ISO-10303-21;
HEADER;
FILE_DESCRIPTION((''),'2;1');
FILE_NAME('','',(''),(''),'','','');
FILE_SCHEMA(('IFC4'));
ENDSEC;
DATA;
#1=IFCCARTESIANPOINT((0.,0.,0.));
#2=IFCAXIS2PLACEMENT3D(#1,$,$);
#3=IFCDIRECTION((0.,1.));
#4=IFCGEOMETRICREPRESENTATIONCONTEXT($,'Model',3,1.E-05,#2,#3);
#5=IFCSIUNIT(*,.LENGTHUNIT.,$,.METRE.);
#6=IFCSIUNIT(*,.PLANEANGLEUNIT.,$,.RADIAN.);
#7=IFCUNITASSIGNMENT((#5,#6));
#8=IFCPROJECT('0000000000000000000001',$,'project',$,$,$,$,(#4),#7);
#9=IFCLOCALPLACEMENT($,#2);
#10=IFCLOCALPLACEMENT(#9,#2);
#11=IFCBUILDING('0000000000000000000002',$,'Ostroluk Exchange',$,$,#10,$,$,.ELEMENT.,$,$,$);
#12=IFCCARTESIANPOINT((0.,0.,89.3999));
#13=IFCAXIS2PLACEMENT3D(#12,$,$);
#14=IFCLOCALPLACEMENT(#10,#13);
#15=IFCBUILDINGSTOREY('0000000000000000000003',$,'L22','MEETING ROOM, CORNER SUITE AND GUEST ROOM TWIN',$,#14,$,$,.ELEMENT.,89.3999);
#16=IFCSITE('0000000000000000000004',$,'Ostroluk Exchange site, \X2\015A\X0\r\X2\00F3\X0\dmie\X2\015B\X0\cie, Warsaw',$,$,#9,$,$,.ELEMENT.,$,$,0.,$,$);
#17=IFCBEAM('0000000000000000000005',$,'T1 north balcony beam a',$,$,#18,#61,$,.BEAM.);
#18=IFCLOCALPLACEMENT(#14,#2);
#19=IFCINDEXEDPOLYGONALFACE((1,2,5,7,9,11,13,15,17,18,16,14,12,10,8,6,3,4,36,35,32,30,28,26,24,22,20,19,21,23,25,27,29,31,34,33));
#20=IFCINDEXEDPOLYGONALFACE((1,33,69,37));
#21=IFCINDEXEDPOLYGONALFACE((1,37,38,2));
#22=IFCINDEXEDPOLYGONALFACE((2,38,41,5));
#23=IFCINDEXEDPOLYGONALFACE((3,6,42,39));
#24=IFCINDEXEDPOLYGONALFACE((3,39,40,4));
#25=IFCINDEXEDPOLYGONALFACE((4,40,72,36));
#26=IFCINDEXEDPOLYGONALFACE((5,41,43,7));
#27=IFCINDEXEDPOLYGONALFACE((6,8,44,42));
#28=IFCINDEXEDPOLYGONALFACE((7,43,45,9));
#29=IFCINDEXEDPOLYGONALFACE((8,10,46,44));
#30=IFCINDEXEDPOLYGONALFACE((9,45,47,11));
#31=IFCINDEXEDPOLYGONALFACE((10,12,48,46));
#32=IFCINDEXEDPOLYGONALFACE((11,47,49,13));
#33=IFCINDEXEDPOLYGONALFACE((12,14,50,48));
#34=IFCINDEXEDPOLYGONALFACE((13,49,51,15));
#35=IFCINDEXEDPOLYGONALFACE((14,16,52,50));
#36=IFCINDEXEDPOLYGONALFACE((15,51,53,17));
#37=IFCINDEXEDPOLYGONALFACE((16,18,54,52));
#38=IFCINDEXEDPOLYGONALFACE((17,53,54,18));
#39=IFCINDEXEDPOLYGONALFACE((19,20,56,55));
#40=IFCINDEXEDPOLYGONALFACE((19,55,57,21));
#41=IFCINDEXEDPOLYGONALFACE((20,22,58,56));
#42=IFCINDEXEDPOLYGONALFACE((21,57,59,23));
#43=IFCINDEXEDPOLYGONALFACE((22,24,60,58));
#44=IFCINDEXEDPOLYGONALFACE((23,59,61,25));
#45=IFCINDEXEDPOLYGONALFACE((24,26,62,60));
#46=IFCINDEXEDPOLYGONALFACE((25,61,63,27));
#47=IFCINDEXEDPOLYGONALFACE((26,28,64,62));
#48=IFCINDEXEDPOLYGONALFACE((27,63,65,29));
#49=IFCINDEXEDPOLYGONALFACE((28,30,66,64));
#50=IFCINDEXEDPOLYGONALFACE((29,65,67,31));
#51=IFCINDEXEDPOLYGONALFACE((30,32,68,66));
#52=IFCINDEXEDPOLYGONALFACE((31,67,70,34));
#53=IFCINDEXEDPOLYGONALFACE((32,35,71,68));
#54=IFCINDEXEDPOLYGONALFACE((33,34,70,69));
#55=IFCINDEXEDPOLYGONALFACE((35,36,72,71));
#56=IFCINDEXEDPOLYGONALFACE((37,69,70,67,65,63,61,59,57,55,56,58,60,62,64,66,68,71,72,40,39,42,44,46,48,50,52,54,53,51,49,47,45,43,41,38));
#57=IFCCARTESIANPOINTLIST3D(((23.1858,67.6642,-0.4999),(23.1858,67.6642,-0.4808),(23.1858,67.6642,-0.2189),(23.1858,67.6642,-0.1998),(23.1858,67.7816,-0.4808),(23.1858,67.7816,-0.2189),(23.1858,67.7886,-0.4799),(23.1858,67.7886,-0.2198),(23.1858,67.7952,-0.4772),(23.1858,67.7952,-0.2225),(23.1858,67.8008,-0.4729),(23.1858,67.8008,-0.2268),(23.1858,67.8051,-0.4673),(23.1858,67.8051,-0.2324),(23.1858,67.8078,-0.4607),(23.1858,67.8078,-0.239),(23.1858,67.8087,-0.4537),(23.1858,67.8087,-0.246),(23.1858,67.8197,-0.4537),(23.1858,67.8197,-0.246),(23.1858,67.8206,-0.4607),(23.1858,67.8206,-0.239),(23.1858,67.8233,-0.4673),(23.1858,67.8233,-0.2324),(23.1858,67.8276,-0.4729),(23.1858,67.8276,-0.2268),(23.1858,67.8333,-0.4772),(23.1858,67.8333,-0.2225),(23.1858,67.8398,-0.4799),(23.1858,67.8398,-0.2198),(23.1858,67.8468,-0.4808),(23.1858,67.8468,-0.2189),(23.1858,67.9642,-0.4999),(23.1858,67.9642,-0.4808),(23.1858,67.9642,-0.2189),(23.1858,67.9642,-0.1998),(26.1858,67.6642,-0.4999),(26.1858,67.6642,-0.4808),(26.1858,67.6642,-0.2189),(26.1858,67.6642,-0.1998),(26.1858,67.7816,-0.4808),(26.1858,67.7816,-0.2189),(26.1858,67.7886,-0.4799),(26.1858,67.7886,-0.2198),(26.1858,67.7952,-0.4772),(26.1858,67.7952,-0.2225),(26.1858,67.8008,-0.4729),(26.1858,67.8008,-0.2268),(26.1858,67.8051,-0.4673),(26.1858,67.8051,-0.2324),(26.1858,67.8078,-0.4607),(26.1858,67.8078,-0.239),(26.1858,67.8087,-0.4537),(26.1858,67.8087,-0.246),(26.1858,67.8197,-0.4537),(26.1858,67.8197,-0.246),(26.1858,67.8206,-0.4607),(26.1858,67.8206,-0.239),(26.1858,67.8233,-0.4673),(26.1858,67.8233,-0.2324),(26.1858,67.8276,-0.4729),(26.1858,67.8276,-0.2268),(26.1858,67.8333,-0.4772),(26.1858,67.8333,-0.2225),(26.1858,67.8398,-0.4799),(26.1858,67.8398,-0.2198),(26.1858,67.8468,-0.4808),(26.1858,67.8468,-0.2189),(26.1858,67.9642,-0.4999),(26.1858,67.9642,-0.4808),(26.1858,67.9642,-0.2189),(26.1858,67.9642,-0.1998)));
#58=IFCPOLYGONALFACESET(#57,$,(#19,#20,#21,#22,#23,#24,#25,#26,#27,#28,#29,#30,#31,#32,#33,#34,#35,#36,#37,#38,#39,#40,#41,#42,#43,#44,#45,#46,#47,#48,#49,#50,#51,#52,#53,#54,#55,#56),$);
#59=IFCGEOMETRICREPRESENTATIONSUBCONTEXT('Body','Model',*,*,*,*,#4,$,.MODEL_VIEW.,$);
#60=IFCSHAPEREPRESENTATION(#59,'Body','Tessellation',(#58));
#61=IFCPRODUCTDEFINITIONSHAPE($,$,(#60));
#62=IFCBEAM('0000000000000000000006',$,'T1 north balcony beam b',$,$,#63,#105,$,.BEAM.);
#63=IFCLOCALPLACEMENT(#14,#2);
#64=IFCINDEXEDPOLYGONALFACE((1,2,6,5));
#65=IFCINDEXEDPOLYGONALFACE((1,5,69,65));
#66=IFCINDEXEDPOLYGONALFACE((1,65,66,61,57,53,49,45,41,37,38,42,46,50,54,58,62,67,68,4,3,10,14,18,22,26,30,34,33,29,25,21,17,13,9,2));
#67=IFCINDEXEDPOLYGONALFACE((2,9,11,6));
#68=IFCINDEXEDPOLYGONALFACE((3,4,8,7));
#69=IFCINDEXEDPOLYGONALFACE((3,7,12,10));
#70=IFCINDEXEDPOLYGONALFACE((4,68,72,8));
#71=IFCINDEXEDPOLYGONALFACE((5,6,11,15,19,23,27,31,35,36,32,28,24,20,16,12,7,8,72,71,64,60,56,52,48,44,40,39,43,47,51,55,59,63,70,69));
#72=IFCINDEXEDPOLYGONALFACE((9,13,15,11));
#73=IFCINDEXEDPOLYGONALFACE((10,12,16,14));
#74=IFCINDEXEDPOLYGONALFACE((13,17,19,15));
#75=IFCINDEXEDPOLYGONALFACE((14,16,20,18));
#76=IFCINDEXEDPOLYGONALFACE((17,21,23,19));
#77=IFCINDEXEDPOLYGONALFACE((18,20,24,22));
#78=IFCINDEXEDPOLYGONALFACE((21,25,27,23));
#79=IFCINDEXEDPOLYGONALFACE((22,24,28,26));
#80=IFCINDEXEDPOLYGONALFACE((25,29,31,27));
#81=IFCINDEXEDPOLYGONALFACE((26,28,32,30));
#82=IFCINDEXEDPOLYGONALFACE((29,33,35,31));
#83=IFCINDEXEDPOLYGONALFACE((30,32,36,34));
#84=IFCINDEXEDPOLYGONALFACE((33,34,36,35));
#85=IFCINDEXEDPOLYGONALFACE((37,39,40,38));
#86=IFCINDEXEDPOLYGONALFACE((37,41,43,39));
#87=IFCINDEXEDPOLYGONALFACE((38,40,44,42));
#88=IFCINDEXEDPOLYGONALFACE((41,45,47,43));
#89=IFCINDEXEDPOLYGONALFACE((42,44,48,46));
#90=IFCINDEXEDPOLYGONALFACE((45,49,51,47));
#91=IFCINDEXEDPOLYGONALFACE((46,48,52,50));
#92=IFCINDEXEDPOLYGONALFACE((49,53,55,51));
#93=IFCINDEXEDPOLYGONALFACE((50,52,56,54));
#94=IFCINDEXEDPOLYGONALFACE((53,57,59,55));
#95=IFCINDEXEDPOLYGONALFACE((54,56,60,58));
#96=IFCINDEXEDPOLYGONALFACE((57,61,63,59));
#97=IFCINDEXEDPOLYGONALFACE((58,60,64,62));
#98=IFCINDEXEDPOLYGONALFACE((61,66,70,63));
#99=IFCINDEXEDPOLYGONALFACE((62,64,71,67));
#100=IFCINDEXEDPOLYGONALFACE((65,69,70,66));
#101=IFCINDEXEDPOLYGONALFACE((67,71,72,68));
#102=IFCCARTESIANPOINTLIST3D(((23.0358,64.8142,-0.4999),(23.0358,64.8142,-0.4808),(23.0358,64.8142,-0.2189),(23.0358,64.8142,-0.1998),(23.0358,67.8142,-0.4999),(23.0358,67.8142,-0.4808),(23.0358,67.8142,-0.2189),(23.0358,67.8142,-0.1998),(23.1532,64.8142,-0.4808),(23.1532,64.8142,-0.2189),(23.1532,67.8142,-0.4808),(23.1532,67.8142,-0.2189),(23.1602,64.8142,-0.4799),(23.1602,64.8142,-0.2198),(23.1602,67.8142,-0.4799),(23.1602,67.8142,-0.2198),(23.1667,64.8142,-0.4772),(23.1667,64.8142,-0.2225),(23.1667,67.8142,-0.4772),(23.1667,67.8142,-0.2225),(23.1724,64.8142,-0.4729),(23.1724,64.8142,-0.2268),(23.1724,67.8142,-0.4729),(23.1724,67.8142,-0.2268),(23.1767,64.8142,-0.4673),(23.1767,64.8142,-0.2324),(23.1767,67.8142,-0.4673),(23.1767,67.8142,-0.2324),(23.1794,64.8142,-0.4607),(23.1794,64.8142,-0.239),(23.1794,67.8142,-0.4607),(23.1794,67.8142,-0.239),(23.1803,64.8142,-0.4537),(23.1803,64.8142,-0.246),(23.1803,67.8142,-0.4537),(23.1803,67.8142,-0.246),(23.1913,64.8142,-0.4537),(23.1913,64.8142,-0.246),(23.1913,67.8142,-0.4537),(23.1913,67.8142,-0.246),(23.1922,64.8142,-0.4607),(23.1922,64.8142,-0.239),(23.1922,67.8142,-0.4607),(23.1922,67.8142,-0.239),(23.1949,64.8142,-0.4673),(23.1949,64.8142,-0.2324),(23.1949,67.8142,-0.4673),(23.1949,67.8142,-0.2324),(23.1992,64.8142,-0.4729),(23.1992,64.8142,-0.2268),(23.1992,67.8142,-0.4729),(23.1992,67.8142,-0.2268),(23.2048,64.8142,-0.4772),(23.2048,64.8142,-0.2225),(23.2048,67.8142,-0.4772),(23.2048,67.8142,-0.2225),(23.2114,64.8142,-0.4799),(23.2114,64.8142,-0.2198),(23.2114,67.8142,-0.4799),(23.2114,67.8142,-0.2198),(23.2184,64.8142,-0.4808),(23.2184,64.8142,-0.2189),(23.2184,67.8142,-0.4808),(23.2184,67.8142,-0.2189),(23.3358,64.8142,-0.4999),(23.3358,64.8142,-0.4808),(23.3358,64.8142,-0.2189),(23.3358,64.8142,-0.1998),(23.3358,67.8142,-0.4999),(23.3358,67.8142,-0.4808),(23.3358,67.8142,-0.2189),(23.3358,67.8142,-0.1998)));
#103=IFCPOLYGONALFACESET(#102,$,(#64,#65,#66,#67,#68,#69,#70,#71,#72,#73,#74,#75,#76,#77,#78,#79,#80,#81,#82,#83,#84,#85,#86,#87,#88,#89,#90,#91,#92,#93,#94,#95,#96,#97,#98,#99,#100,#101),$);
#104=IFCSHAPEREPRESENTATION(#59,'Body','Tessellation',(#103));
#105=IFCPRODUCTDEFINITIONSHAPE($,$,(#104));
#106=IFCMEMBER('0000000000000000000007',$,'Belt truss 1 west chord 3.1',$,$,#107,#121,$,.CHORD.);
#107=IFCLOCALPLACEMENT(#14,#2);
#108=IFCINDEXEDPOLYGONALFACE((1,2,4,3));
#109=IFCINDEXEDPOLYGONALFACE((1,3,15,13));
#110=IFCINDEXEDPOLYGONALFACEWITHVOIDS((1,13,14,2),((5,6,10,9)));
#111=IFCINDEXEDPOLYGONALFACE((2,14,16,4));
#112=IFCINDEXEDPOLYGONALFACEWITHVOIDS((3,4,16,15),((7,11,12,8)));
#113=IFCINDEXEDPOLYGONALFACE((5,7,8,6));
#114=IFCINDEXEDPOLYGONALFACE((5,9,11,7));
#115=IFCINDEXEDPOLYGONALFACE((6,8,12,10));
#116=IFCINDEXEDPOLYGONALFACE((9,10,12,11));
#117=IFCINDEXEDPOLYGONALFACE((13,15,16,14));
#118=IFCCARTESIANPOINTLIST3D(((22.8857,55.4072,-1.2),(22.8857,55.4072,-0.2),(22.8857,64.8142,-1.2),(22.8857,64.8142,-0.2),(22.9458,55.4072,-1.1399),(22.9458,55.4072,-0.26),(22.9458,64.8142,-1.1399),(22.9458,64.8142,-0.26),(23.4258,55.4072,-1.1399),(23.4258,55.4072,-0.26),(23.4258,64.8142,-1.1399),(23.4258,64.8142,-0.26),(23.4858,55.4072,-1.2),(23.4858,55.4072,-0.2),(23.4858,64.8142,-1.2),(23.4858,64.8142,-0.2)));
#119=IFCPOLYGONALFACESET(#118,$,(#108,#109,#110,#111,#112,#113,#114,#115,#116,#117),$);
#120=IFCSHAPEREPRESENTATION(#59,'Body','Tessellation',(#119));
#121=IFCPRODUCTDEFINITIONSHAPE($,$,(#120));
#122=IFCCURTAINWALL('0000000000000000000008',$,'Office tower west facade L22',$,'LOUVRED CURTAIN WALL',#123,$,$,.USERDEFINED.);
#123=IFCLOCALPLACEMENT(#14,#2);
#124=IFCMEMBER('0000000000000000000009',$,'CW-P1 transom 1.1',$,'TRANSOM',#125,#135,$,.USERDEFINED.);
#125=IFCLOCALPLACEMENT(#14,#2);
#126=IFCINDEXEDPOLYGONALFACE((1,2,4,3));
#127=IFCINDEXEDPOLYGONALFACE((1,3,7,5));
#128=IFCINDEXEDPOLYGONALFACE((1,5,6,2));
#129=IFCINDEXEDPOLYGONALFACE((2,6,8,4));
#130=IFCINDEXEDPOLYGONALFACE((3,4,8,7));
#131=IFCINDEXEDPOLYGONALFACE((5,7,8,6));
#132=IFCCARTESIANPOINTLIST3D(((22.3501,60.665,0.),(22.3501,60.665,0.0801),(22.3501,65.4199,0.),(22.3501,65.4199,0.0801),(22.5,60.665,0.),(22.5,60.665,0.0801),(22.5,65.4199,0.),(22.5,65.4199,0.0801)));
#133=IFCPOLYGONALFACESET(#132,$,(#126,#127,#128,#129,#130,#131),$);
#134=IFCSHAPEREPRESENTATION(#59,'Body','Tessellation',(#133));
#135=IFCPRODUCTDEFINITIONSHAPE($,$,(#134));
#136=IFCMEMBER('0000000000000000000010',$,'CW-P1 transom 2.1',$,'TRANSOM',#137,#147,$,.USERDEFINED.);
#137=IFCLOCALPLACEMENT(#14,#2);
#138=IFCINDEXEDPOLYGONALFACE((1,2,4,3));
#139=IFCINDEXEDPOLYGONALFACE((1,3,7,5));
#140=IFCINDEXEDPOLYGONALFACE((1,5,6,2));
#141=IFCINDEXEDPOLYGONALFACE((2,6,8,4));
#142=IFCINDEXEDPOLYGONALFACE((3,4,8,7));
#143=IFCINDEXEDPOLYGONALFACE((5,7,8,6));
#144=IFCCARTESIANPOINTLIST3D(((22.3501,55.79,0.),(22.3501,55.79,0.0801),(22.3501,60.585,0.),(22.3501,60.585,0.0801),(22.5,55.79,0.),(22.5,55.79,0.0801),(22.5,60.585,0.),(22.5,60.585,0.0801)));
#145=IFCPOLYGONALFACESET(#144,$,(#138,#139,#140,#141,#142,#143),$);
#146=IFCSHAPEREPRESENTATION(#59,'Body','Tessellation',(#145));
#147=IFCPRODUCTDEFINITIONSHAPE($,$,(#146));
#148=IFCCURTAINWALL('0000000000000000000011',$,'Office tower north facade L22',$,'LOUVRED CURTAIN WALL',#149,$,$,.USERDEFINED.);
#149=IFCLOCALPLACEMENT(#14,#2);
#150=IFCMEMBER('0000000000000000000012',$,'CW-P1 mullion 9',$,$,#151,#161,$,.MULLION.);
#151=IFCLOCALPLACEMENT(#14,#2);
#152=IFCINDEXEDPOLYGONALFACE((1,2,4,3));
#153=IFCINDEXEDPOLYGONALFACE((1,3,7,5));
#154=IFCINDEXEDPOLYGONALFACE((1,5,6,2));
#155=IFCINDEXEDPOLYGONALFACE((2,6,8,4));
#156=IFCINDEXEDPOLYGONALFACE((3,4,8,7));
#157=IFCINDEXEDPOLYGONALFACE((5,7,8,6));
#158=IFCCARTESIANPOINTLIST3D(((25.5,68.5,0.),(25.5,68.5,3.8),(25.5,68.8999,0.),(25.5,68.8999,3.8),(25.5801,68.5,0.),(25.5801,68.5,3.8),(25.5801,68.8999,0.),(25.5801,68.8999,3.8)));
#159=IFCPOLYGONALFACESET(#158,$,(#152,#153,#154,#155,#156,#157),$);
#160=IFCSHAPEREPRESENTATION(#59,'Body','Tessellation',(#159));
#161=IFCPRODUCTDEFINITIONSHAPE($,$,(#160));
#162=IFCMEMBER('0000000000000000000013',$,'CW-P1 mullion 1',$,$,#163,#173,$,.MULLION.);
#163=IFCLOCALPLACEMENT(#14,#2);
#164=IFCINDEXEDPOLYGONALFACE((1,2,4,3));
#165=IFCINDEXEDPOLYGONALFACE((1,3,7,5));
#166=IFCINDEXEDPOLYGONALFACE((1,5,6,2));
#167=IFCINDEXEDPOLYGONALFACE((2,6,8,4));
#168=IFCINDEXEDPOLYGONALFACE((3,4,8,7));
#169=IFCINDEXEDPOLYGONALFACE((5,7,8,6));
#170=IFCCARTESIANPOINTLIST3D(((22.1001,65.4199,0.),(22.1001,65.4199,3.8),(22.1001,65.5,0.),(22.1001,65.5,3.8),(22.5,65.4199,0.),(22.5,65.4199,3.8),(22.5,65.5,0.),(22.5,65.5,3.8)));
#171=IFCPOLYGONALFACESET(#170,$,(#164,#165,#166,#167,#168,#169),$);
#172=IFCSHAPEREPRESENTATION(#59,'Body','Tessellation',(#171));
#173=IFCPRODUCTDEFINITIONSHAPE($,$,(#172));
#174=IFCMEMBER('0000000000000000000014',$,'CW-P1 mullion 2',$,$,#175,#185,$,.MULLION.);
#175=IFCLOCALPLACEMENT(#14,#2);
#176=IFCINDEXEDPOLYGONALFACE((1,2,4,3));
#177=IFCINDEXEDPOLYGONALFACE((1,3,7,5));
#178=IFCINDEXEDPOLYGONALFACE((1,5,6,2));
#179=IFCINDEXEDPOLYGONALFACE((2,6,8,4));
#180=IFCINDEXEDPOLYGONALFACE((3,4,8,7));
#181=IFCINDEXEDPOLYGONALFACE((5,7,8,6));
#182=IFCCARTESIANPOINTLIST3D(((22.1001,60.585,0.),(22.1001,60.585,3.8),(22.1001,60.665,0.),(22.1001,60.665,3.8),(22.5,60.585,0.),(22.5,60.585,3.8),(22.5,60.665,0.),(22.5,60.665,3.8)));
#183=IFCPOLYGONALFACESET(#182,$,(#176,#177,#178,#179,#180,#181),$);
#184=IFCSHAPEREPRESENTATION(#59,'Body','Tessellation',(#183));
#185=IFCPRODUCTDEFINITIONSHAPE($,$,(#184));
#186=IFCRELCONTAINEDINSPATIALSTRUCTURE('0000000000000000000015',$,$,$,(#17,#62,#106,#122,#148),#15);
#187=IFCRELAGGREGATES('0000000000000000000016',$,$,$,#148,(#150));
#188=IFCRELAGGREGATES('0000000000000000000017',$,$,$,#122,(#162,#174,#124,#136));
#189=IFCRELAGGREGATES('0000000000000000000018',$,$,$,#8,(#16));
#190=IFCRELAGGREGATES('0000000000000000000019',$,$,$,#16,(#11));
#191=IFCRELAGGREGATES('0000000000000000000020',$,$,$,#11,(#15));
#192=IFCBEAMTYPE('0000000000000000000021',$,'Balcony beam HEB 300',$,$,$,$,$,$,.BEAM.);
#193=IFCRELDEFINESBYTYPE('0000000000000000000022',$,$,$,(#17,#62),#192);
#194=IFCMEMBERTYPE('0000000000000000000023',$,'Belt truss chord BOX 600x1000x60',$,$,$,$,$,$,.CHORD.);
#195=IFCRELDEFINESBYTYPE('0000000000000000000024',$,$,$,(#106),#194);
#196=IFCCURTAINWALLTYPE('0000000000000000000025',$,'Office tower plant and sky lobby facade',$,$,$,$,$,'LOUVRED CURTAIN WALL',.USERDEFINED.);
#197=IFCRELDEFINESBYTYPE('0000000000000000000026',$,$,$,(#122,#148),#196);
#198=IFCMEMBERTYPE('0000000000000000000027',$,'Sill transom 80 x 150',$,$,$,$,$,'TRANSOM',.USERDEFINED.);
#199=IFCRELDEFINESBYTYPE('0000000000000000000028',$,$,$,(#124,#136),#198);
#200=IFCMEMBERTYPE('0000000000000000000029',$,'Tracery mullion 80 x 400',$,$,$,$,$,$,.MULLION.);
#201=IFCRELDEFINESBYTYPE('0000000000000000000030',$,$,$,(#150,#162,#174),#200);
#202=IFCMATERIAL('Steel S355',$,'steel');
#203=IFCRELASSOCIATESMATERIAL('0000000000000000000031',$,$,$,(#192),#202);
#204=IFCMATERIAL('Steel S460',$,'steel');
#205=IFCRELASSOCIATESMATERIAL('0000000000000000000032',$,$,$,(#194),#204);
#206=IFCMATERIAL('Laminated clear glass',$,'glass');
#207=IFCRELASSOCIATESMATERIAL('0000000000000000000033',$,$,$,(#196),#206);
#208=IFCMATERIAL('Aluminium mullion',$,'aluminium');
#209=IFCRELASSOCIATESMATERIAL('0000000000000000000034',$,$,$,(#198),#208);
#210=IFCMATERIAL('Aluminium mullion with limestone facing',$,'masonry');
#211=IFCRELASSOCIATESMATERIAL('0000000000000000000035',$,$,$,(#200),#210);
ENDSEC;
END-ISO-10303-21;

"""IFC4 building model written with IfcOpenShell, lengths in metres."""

from ifc_helpers import new_model, si_unit, direction, frame, origin, origin_2d, place, context, subcontext, project, spatial, rectangle, hollow_rectangle, i_section, extrude, material, material_profile, profile_set, type_object, element, aggregate, save


model = new_model("IFC4")

# Units and contexts
model_context = context("Model", 3, precision=1e-05, world=origin(), true_north=direction((0.0, 1.0)))
body_context = subcontext(model_context, "Body", "Model", "MODEL_VIEW")
ifc_project = project(units=[si_unit("LENGTHUNIT", "METRE"), si_unit("PLANEANGLEUNIT", "RADIAN")], contexts=[model_context])

# Site, building, storey
site_placement = place(None, origin())
site = spatial("IfcSite", under=ifc_project, at=site_placement, Name="Ostroluk Exchange site, Śródmieście, Warsaw", CompositionType="ELEMENT", RefElevation=0.0)
building_placement = place(site_placement, origin())
building = spatial("IfcBuilding", under=site, at=building_placement, Name="Ostroluk Exchange", CompositionType="ELEMENT")
storey_placement = place(building_placement, frame((0.0, 0.0, 89.3999)))
storey = spatial("IfcBuildingStorey", under=building, at=storey_placement, Name="L22", Description="MEETING ROOM, CORNER SUITE AND GUEST ROOM TWIN", CompositionType="ELEMENT", Elevation=89.3999)

# Beams
ifc_material_1 = material(Name="Steel S355", Category="steel")
ifc_material_profile_1 = material_profile(ifc_material_1, i_section(OverallWidth=0.3, OverallDepth=0.3, WebThickness=0.011, FlangeThickness=0.019, FilletRadius=0.0271, at=origin_2d()), Name="HEB 300")
ifc_profile_set_1 = profile_set([ifc_material_profile_1], Name="Steel S355")
beam_type = type_object("IfcBeamType", Name="Balcony beam HEB 300", PredefinedType="BEAM", material=ifc_profile_set_1)
for number, where, z_axis, x_axis, name in (
    (1, (26.1858, 67.8142, -0.3499), (-1.0, 0.0, 0.0), (0.0, -1.0, 0.0), "T1 north balcony beam a"),
    (2, (23.1858, 64.8142, -0.3499), (0.0, 1.0, 0.0), (-1.0, 0.0, 0.0), "T1 north balcony beam b"),
):
    element("IfcBeam", number, at=place(storey_placement, frame(where, z_axis=z_axis, x_axis=x_axis)), inside=storey, type_object=beam_type, Name=name, PredefinedType="BEAM", context=body_context, shape_type="SweptSolid", body=[
        extrude(i_section(OverallWidth=0.3, OverallDepth=0.3, WebThickness=0.011, FlangeThickness=0.019, FilletRadius=0.0271, at=origin_2d()), origin(), (0.0, 0.0, 1.0), 3.0),
    ])

# Member
ifc_material_2 = material(Name="Steel S460", Category="steel")
ifc_material_profile_2 = material_profile(ifc_material_2, hollow_rectangle(XDim=0.6001, YDim=1.0, WallThickness=0.0601, at=origin_2d()), Name="BOX 600x1000x60")
ifc_profile_set_2 = profile_set([ifc_material_profile_2], Name="Steel S460")
member_type_1 = type_object("IfcMemberType", Name="Belt truss chord BOX 600x1000x60", PredefinedType="CHORD", material=ifc_profile_set_2)
member_1_placement = place(storey_placement, frame((23.1858, 64.8142, -0.7), z_axis=(0.0, -1.0, 0.0), x_axis=(1.0, 0.0, 0.0)))
element("IfcMember", 3, at=member_1_placement, inside=storey, type_object=member_type_1, Name="Belt truss 1 west chord 3.1", PredefinedType="CHORD", context=body_context, shape_type="SweptSolid", body=[
    extrude(hollow_rectangle(XDim=0.6001, YDim=1.0, WallThickness=0.0601, at=origin_2d()), origin(), (0.0, 0.0, 1.0), 9.407),
])

# Curtain wall, members
ifc_material_3 = material(Name="Laminated clear glass", Category="glass")
curtain_wall_type = type_object("IfcCurtainWallType", Name="Office tower plant and sky lobby facade", ElementType="LOUVRED CURTAIN WALL", PredefinedType="USERDEFINED", material=ifc_material_3)
curtain_wall_1_placement = place(storey_placement, origin())
curtain_wall_1 = element("IfcCurtainWall", 4, at=curtain_wall_1_placement, inside=storey, type_object=curtain_wall_type, Name="Office tower west facade L22", ObjectType="LOUVRED CURTAIN WALL", PredefinedType="USERDEFINED")
ifc_material_4 = material(Name="Aluminium mullion", Category="aluminium")
ifc_material_profile_3 = material_profile(ifc_material_4, rectangle(XDim=0.1499, YDim=0.0801, at=origin_2d()), Name="Sill transom 80 x 150")
ifc_profile_set_3 = profile_set([ifc_material_profile_3], Name="Aluminium mullion")
member_type_2 = type_object("IfcMemberType", Name="Sill transom 80 x 150", ElementType="TRANSOM", PredefinedType="USERDEFINED", material=ifc_profile_set_3)
member_2_placement = place(storey_placement, frame((22.425, 65.4199, 0.04), z_axis=(0.0, -1.0, 0.0), x_axis=(1.0, 0.0, 0.0)))
member_2 = element("IfcMember", 5, at=member_2_placement, type_object=member_type_2, Name="CW-P1 transom 1.1", ObjectType="TRANSOM", PredefinedType="USERDEFINED", context=body_context, shape_type="SweptSolid", body=[
    extrude(rectangle(XDim=0.1499, YDim=0.0801, at=origin_2d()), origin(), (0.0, 0.0, 1.0), 4.7549),
])
member_3_placement = place(storey_placement, frame((22.425, 60.585, 0.04), z_axis=(0.0, -1.0, 0.0), x_axis=(1.0, 0.0, 0.0)))
member_3 = element("IfcMember", 6, at=member_3_placement, type_object=member_type_2, Name="CW-P1 transom 2.1", ObjectType="TRANSOM", PredefinedType="USERDEFINED", context=body_context, shape_type="SweptSolid", body=[
    extrude(rectangle(XDim=0.1499, YDim=0.0801, at=origin_2d()), origin(), (0.0, 0.0, 1.0), 4.7949),
])

# Curtain wall, member
curtain_wall_2_placement = place(storey_placement, origin())
curtain_wall_2 = element("IfcCurtainWall", 7, at=curtain_wall_2_placement, inside=storey, type_object=curtain_wall_type, Name="Office tower north facade L22", ObjectType="LOUVRED CURTAIN WALL", PredefinedType="USERDEFINED")
ifc_material_5 = material(Name="Aluminium mullion with limestone facing", Category="masonry")
ifc_material_profile_4 = material_profile(ifc_material_5, rectangle(XDim=0.3999, YDim=0.0801, at=origin_2d()), Name="Tracery mullion 80 x 400")
ifc_profile_set_4 = profile_set([ifc_material_profile_4], Name="Aluminium mullion with limestone facing")
member_type_3 = type_object("IfcMemberType", Name="Tracery mullion 80 x 400", PredefinedType="MULLION", material=ifc_profile_set_4)
member_4_placement = place(storey_placement, frame((25.54, 68.7, 0.0), z_axis=(0.0, 0.0, 1.0), x_axis=(0.0, -1.0, 0.0)))
member_4 = element("IfcMember", 8, at=member_4_placement, type_object=member_type_3, Name="CW-P1 mullion 9", PredefinedType="MULLION", context=body_context, shape_type="SweptSolid", body=[
    extrude(rectangle(XDim=0.3999, YDim=0.0801, at=origin_2d()), origin(), (0.0, 0.0, 1.0), 3.8),
])
aggregate(curtain_wall_2, [member_4])

# Members
member_5_placement = place(storey_placement, frame((22.3, 65.46, 0.0), z_axis=(0.0, 0.0, 1.0), x_axis=(1.0, 0.0, 0.0)))
member_5 = element("IfcMember", 9, at=member_5_placement, type_object=member_type_3, Name="CW-P1 mullion 1", PredefinedType="MULLION", context=body_context, shape_type="SweptSolid", body=[
    extrude(rectangle(XDim=0.3999, YDim=0.0801, at=origin_2d()), origin(), (0.0, 0.0, 1.0), 3.8),
])
member_6_placement = place(storey_placement, frame((22.3, 60.625, 0.0), z_axis=(0.0, 0.0, 1.0), x_axis=(1.0, 0.0, 0.0)))
member_6 = element("IfcMember", 10, at=member_6_placement, type_object=member_type_3, Name="CW-P1 mullion 2", PredefinedType="MULLION", context=body_context, shape_type="SweptSolid", body=[
    extrude(rectangle(XDim=0.3999, YDim=0.0801, at=origin_2d()), origin(), (0.0, 0.0, 1.0), 3.8),
])

aggregate(curtain_wall_1, [member_5, member_6, member_2, member_3])

save(model, "model.ifc")
